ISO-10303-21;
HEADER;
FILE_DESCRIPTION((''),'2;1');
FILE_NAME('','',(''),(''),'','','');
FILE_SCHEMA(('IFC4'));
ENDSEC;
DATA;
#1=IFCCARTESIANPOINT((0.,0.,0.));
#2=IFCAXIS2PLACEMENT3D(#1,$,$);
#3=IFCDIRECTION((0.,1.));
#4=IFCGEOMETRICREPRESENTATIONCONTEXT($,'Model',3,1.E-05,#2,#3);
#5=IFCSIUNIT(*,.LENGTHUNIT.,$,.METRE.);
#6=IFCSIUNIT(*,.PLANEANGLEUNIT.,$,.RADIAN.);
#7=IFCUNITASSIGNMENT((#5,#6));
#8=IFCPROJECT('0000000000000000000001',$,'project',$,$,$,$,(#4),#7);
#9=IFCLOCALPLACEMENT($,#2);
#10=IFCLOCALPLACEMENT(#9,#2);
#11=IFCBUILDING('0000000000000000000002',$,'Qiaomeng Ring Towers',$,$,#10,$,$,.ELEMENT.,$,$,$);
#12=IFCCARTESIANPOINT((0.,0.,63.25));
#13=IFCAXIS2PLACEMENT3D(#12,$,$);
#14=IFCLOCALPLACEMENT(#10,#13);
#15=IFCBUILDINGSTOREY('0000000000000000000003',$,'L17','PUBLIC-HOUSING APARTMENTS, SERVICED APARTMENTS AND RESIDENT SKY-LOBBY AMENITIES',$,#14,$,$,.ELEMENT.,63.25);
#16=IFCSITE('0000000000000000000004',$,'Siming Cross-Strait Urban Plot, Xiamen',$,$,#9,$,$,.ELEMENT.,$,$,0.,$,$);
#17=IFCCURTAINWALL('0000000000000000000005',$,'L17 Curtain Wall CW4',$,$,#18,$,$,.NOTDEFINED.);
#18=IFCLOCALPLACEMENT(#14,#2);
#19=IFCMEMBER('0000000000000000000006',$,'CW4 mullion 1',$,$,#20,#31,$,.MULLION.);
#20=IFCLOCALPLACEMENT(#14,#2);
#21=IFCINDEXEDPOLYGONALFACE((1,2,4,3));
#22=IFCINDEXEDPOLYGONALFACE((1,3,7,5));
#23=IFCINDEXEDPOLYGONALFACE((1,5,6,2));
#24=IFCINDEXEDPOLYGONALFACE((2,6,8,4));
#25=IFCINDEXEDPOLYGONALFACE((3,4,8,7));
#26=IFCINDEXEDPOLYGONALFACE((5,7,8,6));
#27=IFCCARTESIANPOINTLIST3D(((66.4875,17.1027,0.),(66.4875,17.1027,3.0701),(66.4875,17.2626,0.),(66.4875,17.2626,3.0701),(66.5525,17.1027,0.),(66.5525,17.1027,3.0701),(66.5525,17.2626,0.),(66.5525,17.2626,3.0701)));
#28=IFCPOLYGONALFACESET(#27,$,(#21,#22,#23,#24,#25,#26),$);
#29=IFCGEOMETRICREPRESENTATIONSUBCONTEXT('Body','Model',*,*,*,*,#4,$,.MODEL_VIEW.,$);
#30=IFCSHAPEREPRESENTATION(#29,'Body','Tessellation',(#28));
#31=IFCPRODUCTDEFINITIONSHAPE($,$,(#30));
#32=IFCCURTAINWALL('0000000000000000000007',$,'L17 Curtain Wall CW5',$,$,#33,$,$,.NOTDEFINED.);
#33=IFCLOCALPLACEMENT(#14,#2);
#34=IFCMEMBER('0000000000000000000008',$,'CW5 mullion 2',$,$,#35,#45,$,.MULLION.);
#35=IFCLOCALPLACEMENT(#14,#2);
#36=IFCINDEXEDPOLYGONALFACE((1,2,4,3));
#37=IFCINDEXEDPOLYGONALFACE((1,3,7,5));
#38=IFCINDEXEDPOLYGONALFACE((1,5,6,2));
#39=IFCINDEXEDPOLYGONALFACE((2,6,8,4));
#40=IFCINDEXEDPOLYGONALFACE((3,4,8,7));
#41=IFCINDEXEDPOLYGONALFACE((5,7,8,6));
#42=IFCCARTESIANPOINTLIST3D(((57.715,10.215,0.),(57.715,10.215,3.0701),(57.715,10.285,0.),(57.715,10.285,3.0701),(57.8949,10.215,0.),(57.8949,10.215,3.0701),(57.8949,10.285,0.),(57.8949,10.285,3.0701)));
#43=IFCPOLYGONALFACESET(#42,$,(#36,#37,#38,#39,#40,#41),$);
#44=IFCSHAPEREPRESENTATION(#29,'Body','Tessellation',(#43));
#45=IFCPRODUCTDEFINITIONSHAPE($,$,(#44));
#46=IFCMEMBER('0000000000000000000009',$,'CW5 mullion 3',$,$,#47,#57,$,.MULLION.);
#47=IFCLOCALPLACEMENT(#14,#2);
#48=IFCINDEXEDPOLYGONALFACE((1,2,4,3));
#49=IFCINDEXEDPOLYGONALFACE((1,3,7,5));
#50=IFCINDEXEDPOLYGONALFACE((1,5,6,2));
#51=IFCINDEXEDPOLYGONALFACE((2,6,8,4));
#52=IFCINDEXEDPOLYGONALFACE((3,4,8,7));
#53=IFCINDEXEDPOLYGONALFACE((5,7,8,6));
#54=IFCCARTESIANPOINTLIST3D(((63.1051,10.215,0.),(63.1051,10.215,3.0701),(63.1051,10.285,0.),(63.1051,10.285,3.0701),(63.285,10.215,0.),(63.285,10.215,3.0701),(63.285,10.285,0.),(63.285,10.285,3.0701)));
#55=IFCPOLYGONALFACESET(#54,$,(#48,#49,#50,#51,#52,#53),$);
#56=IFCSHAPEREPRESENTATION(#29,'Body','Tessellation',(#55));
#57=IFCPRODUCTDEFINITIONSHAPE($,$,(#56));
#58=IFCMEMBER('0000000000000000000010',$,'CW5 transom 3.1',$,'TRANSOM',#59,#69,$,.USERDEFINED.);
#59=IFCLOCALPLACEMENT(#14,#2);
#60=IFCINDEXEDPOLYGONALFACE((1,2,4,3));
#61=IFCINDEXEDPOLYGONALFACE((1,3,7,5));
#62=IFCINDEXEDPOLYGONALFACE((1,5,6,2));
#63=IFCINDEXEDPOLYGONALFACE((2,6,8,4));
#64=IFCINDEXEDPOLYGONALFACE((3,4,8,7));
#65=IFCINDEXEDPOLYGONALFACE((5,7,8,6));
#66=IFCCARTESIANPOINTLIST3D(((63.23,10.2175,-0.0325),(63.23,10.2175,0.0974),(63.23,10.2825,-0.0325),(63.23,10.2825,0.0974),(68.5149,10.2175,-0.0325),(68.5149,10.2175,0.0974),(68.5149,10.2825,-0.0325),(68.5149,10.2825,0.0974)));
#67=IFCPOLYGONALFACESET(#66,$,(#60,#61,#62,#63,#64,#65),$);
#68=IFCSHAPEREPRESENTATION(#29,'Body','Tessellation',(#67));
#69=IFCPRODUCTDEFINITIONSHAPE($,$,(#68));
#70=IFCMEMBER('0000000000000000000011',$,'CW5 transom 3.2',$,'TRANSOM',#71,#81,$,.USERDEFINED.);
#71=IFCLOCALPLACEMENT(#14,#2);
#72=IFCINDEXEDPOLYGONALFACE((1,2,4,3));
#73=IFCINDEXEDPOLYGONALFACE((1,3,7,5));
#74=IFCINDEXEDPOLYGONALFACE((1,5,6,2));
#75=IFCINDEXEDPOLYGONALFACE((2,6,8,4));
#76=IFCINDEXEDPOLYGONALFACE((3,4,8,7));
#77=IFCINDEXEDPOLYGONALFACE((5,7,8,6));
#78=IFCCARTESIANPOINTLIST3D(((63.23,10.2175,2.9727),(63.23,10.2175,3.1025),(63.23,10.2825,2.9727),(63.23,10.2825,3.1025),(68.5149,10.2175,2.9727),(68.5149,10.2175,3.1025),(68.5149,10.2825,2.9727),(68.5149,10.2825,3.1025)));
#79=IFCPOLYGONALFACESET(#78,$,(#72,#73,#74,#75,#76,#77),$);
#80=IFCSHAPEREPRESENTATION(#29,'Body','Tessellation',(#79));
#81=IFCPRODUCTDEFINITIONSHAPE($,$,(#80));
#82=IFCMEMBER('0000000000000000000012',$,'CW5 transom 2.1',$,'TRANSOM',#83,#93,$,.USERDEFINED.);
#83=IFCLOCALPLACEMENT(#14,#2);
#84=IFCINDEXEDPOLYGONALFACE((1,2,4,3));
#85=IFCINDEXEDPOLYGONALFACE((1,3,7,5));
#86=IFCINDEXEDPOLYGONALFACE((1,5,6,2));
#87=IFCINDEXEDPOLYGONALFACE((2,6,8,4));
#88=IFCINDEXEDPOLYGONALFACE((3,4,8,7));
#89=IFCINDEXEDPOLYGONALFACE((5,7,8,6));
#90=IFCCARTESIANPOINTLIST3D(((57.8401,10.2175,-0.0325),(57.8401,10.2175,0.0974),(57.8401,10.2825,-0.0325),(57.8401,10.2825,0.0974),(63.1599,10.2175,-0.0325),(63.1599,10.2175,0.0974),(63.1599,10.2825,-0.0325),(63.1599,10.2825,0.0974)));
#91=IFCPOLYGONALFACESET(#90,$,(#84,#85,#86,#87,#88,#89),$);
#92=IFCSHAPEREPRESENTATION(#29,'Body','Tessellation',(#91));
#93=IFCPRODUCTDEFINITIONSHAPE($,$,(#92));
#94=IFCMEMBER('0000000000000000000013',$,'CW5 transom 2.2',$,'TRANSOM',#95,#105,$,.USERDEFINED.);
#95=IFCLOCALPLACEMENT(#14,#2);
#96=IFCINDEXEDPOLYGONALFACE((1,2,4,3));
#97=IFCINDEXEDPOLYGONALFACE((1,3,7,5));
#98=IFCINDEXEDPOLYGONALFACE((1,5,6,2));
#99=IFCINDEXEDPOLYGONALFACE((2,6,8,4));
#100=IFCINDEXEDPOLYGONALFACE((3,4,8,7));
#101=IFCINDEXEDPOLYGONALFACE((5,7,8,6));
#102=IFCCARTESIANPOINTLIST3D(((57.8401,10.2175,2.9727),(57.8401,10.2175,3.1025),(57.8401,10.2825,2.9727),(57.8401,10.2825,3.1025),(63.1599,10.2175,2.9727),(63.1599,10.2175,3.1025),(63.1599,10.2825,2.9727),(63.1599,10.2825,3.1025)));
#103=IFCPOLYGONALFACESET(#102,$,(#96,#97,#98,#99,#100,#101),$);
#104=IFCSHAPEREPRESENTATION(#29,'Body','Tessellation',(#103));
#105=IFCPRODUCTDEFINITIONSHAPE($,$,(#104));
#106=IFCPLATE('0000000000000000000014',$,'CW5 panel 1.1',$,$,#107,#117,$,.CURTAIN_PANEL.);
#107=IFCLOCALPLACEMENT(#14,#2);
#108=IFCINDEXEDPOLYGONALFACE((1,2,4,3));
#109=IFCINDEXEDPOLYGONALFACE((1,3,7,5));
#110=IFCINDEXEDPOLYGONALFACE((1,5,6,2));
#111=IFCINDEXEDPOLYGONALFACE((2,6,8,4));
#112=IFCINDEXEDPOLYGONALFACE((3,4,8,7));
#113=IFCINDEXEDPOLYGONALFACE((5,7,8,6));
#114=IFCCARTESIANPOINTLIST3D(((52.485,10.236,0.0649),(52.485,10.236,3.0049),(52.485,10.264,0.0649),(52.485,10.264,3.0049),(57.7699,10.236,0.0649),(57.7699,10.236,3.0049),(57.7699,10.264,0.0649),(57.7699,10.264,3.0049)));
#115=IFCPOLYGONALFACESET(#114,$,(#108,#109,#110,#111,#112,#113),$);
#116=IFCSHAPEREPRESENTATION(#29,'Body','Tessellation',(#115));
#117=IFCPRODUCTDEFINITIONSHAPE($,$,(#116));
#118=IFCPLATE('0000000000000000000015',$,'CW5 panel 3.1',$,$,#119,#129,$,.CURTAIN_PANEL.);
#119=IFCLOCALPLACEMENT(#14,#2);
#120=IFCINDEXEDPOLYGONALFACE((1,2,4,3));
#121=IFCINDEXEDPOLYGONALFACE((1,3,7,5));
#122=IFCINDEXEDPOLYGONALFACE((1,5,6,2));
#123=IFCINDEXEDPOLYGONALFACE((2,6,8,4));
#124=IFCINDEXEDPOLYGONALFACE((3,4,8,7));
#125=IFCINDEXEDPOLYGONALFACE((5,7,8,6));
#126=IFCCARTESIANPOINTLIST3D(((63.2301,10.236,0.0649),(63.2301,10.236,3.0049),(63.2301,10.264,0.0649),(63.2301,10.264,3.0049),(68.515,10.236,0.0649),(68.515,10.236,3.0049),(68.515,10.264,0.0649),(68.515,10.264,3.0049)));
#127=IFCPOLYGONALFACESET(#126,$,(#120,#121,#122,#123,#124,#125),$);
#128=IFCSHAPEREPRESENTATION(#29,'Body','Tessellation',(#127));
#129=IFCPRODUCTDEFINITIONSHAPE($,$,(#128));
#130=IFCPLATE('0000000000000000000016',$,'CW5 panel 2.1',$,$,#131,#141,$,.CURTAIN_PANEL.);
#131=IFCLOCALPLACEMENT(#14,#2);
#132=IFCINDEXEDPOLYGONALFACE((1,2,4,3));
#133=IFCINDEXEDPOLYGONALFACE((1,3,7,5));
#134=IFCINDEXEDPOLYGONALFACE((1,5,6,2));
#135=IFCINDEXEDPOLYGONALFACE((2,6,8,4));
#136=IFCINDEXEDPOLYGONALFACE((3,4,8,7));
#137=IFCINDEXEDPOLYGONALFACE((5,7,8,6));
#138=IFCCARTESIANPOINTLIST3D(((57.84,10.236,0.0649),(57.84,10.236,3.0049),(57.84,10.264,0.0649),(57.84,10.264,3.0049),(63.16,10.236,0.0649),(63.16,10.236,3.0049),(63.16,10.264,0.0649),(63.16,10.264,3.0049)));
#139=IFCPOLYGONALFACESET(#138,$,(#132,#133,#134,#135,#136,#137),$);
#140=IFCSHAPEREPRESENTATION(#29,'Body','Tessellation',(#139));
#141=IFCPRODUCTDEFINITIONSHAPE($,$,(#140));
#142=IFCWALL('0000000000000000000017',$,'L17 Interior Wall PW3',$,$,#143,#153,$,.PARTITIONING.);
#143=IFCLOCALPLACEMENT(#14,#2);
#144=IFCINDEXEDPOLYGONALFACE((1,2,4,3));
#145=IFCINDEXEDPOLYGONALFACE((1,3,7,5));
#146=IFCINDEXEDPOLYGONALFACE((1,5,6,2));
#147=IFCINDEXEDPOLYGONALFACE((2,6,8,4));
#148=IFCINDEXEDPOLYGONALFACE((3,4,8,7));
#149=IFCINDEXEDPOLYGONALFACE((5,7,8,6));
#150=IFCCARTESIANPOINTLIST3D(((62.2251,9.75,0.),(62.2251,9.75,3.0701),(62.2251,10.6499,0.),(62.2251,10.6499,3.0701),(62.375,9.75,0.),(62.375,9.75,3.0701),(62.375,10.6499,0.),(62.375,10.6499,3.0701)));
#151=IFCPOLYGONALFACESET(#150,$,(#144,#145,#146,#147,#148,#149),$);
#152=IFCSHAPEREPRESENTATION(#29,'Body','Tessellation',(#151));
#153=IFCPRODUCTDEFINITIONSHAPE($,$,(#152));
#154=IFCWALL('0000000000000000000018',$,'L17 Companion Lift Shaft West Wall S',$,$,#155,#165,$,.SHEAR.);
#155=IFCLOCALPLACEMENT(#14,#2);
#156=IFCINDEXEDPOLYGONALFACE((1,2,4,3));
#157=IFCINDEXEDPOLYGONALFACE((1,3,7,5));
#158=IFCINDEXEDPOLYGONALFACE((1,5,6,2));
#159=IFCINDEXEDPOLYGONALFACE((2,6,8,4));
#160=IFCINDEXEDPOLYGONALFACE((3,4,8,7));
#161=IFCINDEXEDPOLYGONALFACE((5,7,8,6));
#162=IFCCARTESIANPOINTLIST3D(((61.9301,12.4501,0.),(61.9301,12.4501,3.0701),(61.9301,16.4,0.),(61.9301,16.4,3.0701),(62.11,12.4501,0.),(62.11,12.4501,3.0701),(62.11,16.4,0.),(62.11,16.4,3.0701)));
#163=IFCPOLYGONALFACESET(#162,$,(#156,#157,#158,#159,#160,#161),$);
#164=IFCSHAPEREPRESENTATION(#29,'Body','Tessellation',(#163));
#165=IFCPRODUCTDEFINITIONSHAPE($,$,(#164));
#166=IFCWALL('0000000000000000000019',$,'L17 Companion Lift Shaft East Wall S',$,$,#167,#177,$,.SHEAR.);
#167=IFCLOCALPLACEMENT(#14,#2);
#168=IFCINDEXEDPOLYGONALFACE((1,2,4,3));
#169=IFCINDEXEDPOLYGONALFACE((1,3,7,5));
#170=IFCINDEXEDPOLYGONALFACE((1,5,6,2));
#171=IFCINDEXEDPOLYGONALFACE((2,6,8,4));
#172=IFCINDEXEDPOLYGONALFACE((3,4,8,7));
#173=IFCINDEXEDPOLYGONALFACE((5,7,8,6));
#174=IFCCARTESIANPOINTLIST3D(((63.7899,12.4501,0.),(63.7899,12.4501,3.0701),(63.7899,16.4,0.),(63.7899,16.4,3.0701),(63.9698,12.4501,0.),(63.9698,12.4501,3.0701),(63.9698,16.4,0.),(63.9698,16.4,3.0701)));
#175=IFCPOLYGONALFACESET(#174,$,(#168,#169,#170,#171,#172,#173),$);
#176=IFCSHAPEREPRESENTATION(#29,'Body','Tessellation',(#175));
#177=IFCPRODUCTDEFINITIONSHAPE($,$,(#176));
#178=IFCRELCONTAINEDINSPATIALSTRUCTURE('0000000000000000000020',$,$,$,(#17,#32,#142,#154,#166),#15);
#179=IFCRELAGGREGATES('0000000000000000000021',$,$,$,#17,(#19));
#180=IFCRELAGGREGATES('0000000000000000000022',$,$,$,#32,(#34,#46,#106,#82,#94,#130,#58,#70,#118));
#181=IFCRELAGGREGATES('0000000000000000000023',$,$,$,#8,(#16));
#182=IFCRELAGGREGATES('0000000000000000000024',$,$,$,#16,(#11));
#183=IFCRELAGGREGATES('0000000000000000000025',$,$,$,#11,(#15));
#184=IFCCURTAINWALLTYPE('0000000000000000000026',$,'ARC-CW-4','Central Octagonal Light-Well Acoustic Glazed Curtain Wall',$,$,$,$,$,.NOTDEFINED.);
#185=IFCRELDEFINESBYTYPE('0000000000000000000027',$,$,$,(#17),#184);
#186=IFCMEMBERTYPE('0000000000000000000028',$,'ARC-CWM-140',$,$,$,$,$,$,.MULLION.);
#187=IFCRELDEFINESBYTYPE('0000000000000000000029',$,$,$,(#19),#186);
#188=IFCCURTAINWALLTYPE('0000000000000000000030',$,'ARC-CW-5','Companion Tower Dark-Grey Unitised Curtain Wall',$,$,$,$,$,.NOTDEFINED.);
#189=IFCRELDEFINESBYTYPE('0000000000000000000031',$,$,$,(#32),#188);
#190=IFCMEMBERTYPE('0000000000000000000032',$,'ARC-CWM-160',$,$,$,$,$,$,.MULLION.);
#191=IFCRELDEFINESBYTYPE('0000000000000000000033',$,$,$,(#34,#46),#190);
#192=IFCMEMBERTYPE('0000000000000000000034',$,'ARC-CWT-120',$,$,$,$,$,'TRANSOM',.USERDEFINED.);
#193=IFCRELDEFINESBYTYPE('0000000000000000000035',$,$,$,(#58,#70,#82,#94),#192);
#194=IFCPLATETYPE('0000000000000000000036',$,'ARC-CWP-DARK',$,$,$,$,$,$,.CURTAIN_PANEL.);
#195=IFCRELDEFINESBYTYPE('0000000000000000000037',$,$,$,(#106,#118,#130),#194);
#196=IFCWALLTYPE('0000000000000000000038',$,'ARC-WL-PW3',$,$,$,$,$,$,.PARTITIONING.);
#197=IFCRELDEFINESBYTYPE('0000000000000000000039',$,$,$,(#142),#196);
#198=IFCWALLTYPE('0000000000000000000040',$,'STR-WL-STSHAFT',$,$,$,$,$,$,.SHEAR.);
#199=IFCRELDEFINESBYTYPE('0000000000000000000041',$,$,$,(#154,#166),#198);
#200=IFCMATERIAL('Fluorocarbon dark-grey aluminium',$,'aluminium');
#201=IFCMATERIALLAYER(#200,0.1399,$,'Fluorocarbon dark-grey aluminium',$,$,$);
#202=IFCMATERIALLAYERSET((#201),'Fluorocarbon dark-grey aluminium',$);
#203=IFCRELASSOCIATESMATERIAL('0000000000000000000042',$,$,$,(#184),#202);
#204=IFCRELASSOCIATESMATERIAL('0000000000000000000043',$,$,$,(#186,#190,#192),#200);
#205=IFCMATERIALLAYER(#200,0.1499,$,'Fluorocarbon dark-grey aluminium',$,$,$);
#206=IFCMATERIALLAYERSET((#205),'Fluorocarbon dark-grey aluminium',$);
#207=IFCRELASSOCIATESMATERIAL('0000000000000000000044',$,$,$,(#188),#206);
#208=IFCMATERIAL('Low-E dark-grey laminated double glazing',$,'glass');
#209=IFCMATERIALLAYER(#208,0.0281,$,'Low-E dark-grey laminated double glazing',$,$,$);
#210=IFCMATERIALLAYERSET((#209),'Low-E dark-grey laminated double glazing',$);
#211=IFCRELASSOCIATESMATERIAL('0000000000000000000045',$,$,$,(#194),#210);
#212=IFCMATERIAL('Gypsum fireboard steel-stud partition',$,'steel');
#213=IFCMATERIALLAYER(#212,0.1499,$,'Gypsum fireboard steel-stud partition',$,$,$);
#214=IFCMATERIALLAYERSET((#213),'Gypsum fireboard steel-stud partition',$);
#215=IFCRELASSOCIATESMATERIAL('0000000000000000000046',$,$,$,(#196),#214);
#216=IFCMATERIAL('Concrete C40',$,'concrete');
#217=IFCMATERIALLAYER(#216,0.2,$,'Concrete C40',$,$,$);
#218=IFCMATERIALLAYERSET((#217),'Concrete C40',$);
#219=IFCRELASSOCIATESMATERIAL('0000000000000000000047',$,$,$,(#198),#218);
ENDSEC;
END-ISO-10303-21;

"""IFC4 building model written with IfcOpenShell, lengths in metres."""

from ifc_helpers import new_model, si_unit, direction, frame, frame_2d, origin, origin_2d, place, context, subcontext, project, spatial, rectangle, extrude, source, transform, mapped, material, layer, layer_set, material_profile, profile_set, type_object, element, aggregate, save


model = new_model("IFC4")

# Units and contexts
model_context = context("Model", 3, precision=1e-05, world=origin(), true_north=direction((0.0, 1.0)))
body_context = subcontext(model_context, "Body", "Model", "MODEL_VIEW")
ifc_project = project(units=[si_unit("LENGTHUNIT", "METRE"), si_unit("PLANEANGLEUNIT", "RADIAN")], contexts=[model_context])

# Site, building, storey
site_placement = place(None, origin())
site = spatial("IfcSite", under=ifc_project, at=site_placement, Name="Siming Cross-Strait Urban Plot, Xiamen", CompositionType="ELEMENT", RefElevation=0.0)
building_placement = place(site_placement, origin())
building = spatial("IfcBuilding", under=site, at=building_placement, Name="Qiaomeng Ring Towers", CompositionType="ELEMENT")
storey_placement = place(building_placement, frame((0.0, 0.0, 63.25)))
storey = spatial("IfcBuildingStorey", under=building, at=storey_placement, Name="L17", Description="PUBLIC-HOUSING APARTMENTS, SERVICED APARTMENTS AND RESIDENT SKY-LOBBY AMENITIES", CompositionType="ELEMENT", Elevation=63.25)

# Curtain wall, member
ifc_material_1 = material(Name="Fluorocarbon dark-grey aluminium", Category="aluminium")
ifc_layer_1 = layer(ifc_material_1, 0.1399, Name="Fluorocarbon dark-grey aluminium")
ifc_layer_set_1 = layer_set([ifc_layer_1], Name="Fluorocarbon dark-grey aluminium")
curtain_wall_type_1 = type_object("IfcCurtainWallType", Name="ARC-CW-4", Description="Central Octagonal Light-Well Acoustic Glazed Curtain Wall", PredefinedType="NOTDEFINED", material=ifc_layer_set_1)
curtain_wall_1_placement = place(storey_placement, origin())
curtain_wall_1 = element("IfcCurtainWall", 1, at=curtain_wall_1_placement, inside=storey, type_object=curtain_wall_type_1, Name="L17 Curtain Wall CW4", PredefinedType="NOTDEFINED")
ifc_material_profile_1 = material_profile(ifc_material_1, rectangle(XDim=0.0649, YDim=0.1599, at=origin_2d()), Name="ALU MULL 65x160")
ifc_profile_set_1 = profile_set([ifc_material_profile_1], Name="Fluorocarbon dark-grey aluminium")
member_type_1 = type_object("IfcMemberType", Name="ARC-CWM-140", PredefinedType="MULLION", material=ifc_profile_set_1)
shared_shape_1 = source(origin(), body_context, "Body", "SweptSolid", [
    extrude(rectangle(XDim=0.0649, YDim=0.1599, at=origin_2d()), origin(), (0.0, 0.0, 1.0), 3.0701),
])
member_1_placement = place(storey_placement, frame((66.52, 17.1826, 0.0), z_axis=(0.0, 0.0, 1.0), x_axis=(-1.0, 0.0, 0.0)))
member_1 = element("IfcMember", 2, at=member_1_placement, type_object=member_type_1, Name="CW4 mullion 1", PredefinedType="MULLION", context=body_context, shape_type="MappedRepresentation", body=[
    mapped(shared_shape_1, transform((0.0, 0.0, 0.0), x_axis=(1.0, 0.0, 0.0), y_axis=(0.0, 1.0, 0.0), z_axis=(0.0, 0.0, 1.0), scale=1.0)),
])
aggregate(curtain_wall_1, [member_1])

# Curtain wall, members, plates
ifc_layer_2 = layer(ifc_material_1, 0.1499, Name="Fluorocarbon dark-grey aluminium")
ifc_layer_set_2 = layer_set([ifc_layer_2], Name="Fluorocarbon dark-grey aluminium")
curtain_wall_type_2 = type_object("IfcCurtainWallType", Name="ARC-CW-5", Description="Companion Tower Dark-Grey Unitised Curtain Wall", PredefinedType="NOTDEFINED", material=ifc_layer_set_2)
curtain_wall_2_placement = place(storey_placement, origin())
curtain_wall_2 = element("IfcCurtainWall", 3, at=curtain_wall_2_placement, inside=storey, type_object=curtain_wall_type_2, Name="L17 Curtain Wall CW5", PredefinedType="NOTDEFINED")
ifc_material_profile_2 = material_profile(ifc_material_1, rectangle(XDim=0.0701, YDim=0.1799, at=origin_2d()), Name="ALU MULL 70x180")
ifc_profile_set_2 = profile_set([ifc_material_profile_2], Name="Fluorocarbon dark-grey aluminium")
member_type_2 = type_object("IfcMemberType", Name="ARC-CWM-160", PredefinedType="MULLION", material=ifc_profile_set_2)
shared_shape_2 = source(origin(), body_context, "Body", "SweptSolid", [
    extrude(rectangle(XDim=0.0701, YDim=0.1799, at=origin_2d()), origin(), (0.0, 0.0, 1.0), 3.0701),
])
member_2_placement = place(storey_placement, frame((57.8049, 10.25, 0.0), z_axis=(0.0, 0.0, 1.0), x_axis=(0.0, 1.0, 0.0)))
member_2 = element("IfcMember", 4, at=member_2_placement, type_object=member_type_2, Name="CW5 mullion 2", PredefinedType="MULLION", context=body_context, shape_type="MappedRepresentation", body=[
    mapped(shared_shape_2, transform((0.0, 0.0, 0.0), x_axis=(1.0, 0.0, 0.0), y_axis=(0.0, 1.0, 0.0), z_axis=(0.0, 0.0, 1.0), scale=1.0)),
])
member_3_placement = place(storey_placement, frame((63.1951, 10.25, 0.0), z_axis=(0.0, 0.0, 1.0), x_axis=(0.0, 1.0, 0.0)))
member_3 = element("IfcMember", 5, at=member_3_placement, type_object=member_type_2, Name="CW5 mullion 3", PredefinedType="MULLION", context=body_context, shape_type="MappedRepresentation", body=[
    mapped(shared_shape_2, transform((0.0, 0.0, 0.0), x_axis=(1.0, 0.0, 0.0), y_axis=(0.0, 1.0, 0.0), z_axis=(0.0, 0.0, 1.0), scale=1.0)),
])
ifc_material_profile_3 = material_profile(ifc_material_1, rectangle(XDim=0.0649, YDim=0.1299, at=origin_2d()), Name="ALU TRAN 65x130")
ifc_profile_set_3 = profile_set([ifc_material_profile_3], Name="Fluorocarbon dark-grey aluminium")
member_type_3 = type_object("IfcMemberType", Name="ARC-CWT-120", ElementType="TRANSOM", PredefinedType="USERDEFINED", material=ifc_profile_set_3)
shared_shape_3 = source(origin(), body_context, "Body", "SweptSolid", [
    extrude(rectangle(XDim=0.0649, YDim=0.1299, at=origin_2d()), origin(), (0.0, 0.0, 1.0), 5.2849),
])
member_4_placement = place(storey_placement, frame((63.23, 10.25, 0.0325), z_axis=(1.0, 0.0, 0.0), x_axis=(0.0, 1.0, 0.0)))
member_4 = element("IfcMember", 6, at=member_4_placement, type_object=member_type_3, Name="CW5 transom 3.1", ObjectType="TRANSOM", PredefinedType="USERDEFINED", context=body_context, shape_type="MappedRepresentation", body=[
    mapped(shared_shape_3, transform((0.0, 0.0, 0.0), x_axis=(1.0, 0.0, 0.0), y_axis=(0.0, 1.0, 0.0), z_axis=(0.0, 0.0, 1.0), scale=1.0)),
])
member_5_placement = place(storey_placement, frame((63.23, 10.25, 3.0376), z_axis=(1.0, 0.0, 0.0), x_axis=(0.0, 1.0, 0.0)))
member_5 = element("IfcMember", 7, at=member_5_placement, type_object=member_type_3, Name="CW5 transom 3.2", ObjectType="TRANSOM", PredefinedType="USERDEFINED", context=body_context, shape_type="MappedRepresentation", body=[
    mapped(shared_shape_3, transform((0.0, 0.0, 0.0), x_axis=(1.0, 0.0, 0.0), y_axis=(0.0, 1.0, 0.0), z_axis=(0.0, 0.0, 1.0), scale=1.0)),
])
shared_shape_4 = source(origin(), body_context, "Body", "SweptSolid", [
    extrude(rectangle(XDim=0.0649, YDim=0.1299, at=origin_2d()), origin(), (0.0, 0.0, 1.0), 5.3198),
])
member_6_placement = place(storey_placement, frame((57.8401, 10.25, 0.0325), z_axis=(1.0, 0.0, 0.0), x_axis=(0.0, 1.0, 0.0)))
member_6 = element("IfcMember", 8, at=member_6_placement, type_object=member_type_3, Name="CW5 transom 2.1", ObjectType="TRANSOM", PredefinedType="USERDEFINED", context=body_context, shape_type="MappedRepresentation", body=[
    mapped(shared_shape_4, transform((0.0, 0.0, 0.0), x_axis=(1.0, 0.0, 0.0), y_axis=(0.0, 1.0, 0.0), z_axis=(0.0, 0.0, 1.0), scale=1.0)),
])
member_7_placement = place(storey_placement, frame((57.8401, 10.25, 3.0376), z_axis=(1.0, 0.0, 0.0), x_axis=(0.0, 1.0, 0.0)))
member_7 = element("IfcMember", 9, at=member_7_placement, type_object=member_type_3, Name="CW5 transom 2.2", ObjectType="TRANSOM", PredefinedType="USERDEFINED", context=body_context, shape_type="MappedRepresentation", body=[
    mapped(shared_shape_4, transform((0.0, 0.0, 0.0), x_axis=(1.0, 0.0, 0.0), y_axis=(0.0, 1.0, 0.0), z_axis=(0.0, 0.0, 1.0), scale=1.0)),
])
ifc_material_2 = material(Name="Low-E dark-grey laminated double glazing", Category="glass")
ifc_layer_3 = layer(ifc_material_2, 0.0281, Name="Low-E dark-grey laminated double glazing")
ifc_layer_set_3 = layer_set([ifc_layer_3], Name="Low-E dark-grey laminated double glazing")
plate_type = type_object("IfcPlateType", Name="ARC-CWP-DARK", PredefinedType="CURTAIN_PANEL", material=ifc_layer_set_3)
shared_shape_5 = source(origin(), body_context, "Body", "SweptSolid", [
    extrude(rectangle(XDim=5.2849, YDim=0.0281, at=origin_2d()), origin(), (0.0, 0.0, 1.0), 2.9399),
])
plate_1_placement = place(storey_placement, frame((55.1274, 10.25, 0.0649), z_axis=(0.0, 0.0, 1.0), x_axis=(1.0, 0.0, 0.0)))
plate_1 = element("IfcPlate", 10, at=plate_1_placement, type_object=plate_type, Name="CW5 panel 1.1", PredefinedType="CURTAIN_PANEL", context=body_context, shape_type="MappedRepresentation", body=[
    mapped(shared_shape_5, transform((0.0, 0.0, 0.0), x_axis=(1.0, 0.0, 0.0), y_axis=(0.0, 1.0, 0.0), z_axis=(0.0, 0.0, 1.0), scale=1.0)),
])
plate_2_placement = place(storey_placement, frame((65.8726, 10.25, 0.0649), z_axis=(0.0, 0.0, 1.0), x_axis=(1.0, 0.0, 0.0)))
plate_2 = element("IfcPlate", 11, at=plate_2_placement, type_object=plate_type, Name="CW5 panel 3.1", PredefinedType="CURTAIN_PANEL", context=body_context, shape_type="MappedRepresentation", body=[
    mapped(shared_shape_5, transform((0.0, 0.0, 0.0), x_axis=(1.0, 0.0, 0.0), y_axis=(0.0, 1.0, 0.0), z_axis=(0.0, 0.0, 1.0), scale=1.0)),
])
shared_shape_6 = source(origin(), body_context, "Body", "SweptSolid", [
    extrude(rectangle(XDim=5.3201, YDim=0.0281, at=origin_2d()), origin(), (0.0, 0.0, 1.0), 2.9399),
])
plate_3_placement = place(storey_placement, frame((60.5, 10.25, 0.0649), z_axis=(0.0, 0.0, 1.0), x_axis=(1.0, 0.0, 0.0)))
plate_3 = element("IfcPlate", 12, at=plate_3_placement, type_object=plate_type, Name="CW5 panel 2.1", PredefinedType="CURTAIN_PANEL", context=body_context, shape_type="MappedRepresentation", body=[
    mapped(shared_shape_6, transform((0.0, 0.0, 0.0), x_axis=(1.0, 0.0, 0.0), y_axis=(0.0, 1.0, 0.0), z_axis=(0.0, 0.0, 1.0), scale=1.0)),
])
aggregate(curtain_wall_2, [member_2, member_3, plate_1, member_6, member_7, plate_3, member_4, member_5, plate_2])

# Walls
ifc_material_3 = material(Name="Gypsum fireboard steel-stud partition", Category="steel")
ifc_layer_4 = layer(ifc_material_3, 0.1499, Name="Gypsum fireboard steel-stud partition")
ifc_layer_set_4 = layer_set([ifc_layer_4], Name="Gypsum fireboard steel-stud partition")
wall_type_1 = type_object("IfcWallType", Name="ARC-WL-PW3", PredefinedType="PARTITIONING", material=ifc_layer_set_4)
wall_1_placement = place(storey_placement, frame((62.3, 9.75, 0.0), z_axis=(0.0, 0.0, 1.0), x_axis=(0.0, 1.0, 0.0)))
element("IfcWall", 13, at=wall_1_placement, inside=storey, type_object=wall_type_1, Name="L17 Interior Wall PW3", PredefinedType="PARTITIONING", context=body_context, shape_type="SweptSolid", body=[
    extrude(rectangle(XDim=0.8999, YDim=0.1499, at=frame_2d((0.45, 0.0))), origin(), (0.0, 0.0, 1.0), 3.0701),
])
ifc_material_4 = material(Name="Concrete C40", Category="concrete")
ifc_layer_5 = layer(ifc_material_4, 0.2, Name="Concrete C40")
ifc_layer_set_5 = layer_set([ifc_layer_5], Name="Concrete C40")
wall_type_2 = type_object("IfcWallType", Name="STR-WL-STSHAFT", PredefinedType="SHEAR", material=ifc_layer_set_5)
for number, where, z_axis, x_axis, name in (
    (14, (62.02, 12.45, 0.0), (0.0, 0.0, 1.0), (0.0, 1.0, 0.0), "L17 Companion Lift Shaft West Wall S"),
    (15, (63.8799, 12.45, 0.0), (0.0, 0.0, 1.0), (0.0, 1.0, 0.0), "L17 Companion Lift Shaft East Wall S"),
):
    element("IfcWall", number, at=place(storey_placement, frame(where, z_axis=z_axis, x_axis=x_axis)), inside=storey, type_object=wall_type_2, Name=name, PredefinedType="SHEAR", context=body_context, shape_type="SweptSolid", body=[
        extrude(rectangle(XDim=3.95, YDim=0.1799, at=frame_2d((1.9751, 0.0))), origin(), (0.0, 0.0, 1.0), 3.0701),
    ])

save(model, "model.ifc")
